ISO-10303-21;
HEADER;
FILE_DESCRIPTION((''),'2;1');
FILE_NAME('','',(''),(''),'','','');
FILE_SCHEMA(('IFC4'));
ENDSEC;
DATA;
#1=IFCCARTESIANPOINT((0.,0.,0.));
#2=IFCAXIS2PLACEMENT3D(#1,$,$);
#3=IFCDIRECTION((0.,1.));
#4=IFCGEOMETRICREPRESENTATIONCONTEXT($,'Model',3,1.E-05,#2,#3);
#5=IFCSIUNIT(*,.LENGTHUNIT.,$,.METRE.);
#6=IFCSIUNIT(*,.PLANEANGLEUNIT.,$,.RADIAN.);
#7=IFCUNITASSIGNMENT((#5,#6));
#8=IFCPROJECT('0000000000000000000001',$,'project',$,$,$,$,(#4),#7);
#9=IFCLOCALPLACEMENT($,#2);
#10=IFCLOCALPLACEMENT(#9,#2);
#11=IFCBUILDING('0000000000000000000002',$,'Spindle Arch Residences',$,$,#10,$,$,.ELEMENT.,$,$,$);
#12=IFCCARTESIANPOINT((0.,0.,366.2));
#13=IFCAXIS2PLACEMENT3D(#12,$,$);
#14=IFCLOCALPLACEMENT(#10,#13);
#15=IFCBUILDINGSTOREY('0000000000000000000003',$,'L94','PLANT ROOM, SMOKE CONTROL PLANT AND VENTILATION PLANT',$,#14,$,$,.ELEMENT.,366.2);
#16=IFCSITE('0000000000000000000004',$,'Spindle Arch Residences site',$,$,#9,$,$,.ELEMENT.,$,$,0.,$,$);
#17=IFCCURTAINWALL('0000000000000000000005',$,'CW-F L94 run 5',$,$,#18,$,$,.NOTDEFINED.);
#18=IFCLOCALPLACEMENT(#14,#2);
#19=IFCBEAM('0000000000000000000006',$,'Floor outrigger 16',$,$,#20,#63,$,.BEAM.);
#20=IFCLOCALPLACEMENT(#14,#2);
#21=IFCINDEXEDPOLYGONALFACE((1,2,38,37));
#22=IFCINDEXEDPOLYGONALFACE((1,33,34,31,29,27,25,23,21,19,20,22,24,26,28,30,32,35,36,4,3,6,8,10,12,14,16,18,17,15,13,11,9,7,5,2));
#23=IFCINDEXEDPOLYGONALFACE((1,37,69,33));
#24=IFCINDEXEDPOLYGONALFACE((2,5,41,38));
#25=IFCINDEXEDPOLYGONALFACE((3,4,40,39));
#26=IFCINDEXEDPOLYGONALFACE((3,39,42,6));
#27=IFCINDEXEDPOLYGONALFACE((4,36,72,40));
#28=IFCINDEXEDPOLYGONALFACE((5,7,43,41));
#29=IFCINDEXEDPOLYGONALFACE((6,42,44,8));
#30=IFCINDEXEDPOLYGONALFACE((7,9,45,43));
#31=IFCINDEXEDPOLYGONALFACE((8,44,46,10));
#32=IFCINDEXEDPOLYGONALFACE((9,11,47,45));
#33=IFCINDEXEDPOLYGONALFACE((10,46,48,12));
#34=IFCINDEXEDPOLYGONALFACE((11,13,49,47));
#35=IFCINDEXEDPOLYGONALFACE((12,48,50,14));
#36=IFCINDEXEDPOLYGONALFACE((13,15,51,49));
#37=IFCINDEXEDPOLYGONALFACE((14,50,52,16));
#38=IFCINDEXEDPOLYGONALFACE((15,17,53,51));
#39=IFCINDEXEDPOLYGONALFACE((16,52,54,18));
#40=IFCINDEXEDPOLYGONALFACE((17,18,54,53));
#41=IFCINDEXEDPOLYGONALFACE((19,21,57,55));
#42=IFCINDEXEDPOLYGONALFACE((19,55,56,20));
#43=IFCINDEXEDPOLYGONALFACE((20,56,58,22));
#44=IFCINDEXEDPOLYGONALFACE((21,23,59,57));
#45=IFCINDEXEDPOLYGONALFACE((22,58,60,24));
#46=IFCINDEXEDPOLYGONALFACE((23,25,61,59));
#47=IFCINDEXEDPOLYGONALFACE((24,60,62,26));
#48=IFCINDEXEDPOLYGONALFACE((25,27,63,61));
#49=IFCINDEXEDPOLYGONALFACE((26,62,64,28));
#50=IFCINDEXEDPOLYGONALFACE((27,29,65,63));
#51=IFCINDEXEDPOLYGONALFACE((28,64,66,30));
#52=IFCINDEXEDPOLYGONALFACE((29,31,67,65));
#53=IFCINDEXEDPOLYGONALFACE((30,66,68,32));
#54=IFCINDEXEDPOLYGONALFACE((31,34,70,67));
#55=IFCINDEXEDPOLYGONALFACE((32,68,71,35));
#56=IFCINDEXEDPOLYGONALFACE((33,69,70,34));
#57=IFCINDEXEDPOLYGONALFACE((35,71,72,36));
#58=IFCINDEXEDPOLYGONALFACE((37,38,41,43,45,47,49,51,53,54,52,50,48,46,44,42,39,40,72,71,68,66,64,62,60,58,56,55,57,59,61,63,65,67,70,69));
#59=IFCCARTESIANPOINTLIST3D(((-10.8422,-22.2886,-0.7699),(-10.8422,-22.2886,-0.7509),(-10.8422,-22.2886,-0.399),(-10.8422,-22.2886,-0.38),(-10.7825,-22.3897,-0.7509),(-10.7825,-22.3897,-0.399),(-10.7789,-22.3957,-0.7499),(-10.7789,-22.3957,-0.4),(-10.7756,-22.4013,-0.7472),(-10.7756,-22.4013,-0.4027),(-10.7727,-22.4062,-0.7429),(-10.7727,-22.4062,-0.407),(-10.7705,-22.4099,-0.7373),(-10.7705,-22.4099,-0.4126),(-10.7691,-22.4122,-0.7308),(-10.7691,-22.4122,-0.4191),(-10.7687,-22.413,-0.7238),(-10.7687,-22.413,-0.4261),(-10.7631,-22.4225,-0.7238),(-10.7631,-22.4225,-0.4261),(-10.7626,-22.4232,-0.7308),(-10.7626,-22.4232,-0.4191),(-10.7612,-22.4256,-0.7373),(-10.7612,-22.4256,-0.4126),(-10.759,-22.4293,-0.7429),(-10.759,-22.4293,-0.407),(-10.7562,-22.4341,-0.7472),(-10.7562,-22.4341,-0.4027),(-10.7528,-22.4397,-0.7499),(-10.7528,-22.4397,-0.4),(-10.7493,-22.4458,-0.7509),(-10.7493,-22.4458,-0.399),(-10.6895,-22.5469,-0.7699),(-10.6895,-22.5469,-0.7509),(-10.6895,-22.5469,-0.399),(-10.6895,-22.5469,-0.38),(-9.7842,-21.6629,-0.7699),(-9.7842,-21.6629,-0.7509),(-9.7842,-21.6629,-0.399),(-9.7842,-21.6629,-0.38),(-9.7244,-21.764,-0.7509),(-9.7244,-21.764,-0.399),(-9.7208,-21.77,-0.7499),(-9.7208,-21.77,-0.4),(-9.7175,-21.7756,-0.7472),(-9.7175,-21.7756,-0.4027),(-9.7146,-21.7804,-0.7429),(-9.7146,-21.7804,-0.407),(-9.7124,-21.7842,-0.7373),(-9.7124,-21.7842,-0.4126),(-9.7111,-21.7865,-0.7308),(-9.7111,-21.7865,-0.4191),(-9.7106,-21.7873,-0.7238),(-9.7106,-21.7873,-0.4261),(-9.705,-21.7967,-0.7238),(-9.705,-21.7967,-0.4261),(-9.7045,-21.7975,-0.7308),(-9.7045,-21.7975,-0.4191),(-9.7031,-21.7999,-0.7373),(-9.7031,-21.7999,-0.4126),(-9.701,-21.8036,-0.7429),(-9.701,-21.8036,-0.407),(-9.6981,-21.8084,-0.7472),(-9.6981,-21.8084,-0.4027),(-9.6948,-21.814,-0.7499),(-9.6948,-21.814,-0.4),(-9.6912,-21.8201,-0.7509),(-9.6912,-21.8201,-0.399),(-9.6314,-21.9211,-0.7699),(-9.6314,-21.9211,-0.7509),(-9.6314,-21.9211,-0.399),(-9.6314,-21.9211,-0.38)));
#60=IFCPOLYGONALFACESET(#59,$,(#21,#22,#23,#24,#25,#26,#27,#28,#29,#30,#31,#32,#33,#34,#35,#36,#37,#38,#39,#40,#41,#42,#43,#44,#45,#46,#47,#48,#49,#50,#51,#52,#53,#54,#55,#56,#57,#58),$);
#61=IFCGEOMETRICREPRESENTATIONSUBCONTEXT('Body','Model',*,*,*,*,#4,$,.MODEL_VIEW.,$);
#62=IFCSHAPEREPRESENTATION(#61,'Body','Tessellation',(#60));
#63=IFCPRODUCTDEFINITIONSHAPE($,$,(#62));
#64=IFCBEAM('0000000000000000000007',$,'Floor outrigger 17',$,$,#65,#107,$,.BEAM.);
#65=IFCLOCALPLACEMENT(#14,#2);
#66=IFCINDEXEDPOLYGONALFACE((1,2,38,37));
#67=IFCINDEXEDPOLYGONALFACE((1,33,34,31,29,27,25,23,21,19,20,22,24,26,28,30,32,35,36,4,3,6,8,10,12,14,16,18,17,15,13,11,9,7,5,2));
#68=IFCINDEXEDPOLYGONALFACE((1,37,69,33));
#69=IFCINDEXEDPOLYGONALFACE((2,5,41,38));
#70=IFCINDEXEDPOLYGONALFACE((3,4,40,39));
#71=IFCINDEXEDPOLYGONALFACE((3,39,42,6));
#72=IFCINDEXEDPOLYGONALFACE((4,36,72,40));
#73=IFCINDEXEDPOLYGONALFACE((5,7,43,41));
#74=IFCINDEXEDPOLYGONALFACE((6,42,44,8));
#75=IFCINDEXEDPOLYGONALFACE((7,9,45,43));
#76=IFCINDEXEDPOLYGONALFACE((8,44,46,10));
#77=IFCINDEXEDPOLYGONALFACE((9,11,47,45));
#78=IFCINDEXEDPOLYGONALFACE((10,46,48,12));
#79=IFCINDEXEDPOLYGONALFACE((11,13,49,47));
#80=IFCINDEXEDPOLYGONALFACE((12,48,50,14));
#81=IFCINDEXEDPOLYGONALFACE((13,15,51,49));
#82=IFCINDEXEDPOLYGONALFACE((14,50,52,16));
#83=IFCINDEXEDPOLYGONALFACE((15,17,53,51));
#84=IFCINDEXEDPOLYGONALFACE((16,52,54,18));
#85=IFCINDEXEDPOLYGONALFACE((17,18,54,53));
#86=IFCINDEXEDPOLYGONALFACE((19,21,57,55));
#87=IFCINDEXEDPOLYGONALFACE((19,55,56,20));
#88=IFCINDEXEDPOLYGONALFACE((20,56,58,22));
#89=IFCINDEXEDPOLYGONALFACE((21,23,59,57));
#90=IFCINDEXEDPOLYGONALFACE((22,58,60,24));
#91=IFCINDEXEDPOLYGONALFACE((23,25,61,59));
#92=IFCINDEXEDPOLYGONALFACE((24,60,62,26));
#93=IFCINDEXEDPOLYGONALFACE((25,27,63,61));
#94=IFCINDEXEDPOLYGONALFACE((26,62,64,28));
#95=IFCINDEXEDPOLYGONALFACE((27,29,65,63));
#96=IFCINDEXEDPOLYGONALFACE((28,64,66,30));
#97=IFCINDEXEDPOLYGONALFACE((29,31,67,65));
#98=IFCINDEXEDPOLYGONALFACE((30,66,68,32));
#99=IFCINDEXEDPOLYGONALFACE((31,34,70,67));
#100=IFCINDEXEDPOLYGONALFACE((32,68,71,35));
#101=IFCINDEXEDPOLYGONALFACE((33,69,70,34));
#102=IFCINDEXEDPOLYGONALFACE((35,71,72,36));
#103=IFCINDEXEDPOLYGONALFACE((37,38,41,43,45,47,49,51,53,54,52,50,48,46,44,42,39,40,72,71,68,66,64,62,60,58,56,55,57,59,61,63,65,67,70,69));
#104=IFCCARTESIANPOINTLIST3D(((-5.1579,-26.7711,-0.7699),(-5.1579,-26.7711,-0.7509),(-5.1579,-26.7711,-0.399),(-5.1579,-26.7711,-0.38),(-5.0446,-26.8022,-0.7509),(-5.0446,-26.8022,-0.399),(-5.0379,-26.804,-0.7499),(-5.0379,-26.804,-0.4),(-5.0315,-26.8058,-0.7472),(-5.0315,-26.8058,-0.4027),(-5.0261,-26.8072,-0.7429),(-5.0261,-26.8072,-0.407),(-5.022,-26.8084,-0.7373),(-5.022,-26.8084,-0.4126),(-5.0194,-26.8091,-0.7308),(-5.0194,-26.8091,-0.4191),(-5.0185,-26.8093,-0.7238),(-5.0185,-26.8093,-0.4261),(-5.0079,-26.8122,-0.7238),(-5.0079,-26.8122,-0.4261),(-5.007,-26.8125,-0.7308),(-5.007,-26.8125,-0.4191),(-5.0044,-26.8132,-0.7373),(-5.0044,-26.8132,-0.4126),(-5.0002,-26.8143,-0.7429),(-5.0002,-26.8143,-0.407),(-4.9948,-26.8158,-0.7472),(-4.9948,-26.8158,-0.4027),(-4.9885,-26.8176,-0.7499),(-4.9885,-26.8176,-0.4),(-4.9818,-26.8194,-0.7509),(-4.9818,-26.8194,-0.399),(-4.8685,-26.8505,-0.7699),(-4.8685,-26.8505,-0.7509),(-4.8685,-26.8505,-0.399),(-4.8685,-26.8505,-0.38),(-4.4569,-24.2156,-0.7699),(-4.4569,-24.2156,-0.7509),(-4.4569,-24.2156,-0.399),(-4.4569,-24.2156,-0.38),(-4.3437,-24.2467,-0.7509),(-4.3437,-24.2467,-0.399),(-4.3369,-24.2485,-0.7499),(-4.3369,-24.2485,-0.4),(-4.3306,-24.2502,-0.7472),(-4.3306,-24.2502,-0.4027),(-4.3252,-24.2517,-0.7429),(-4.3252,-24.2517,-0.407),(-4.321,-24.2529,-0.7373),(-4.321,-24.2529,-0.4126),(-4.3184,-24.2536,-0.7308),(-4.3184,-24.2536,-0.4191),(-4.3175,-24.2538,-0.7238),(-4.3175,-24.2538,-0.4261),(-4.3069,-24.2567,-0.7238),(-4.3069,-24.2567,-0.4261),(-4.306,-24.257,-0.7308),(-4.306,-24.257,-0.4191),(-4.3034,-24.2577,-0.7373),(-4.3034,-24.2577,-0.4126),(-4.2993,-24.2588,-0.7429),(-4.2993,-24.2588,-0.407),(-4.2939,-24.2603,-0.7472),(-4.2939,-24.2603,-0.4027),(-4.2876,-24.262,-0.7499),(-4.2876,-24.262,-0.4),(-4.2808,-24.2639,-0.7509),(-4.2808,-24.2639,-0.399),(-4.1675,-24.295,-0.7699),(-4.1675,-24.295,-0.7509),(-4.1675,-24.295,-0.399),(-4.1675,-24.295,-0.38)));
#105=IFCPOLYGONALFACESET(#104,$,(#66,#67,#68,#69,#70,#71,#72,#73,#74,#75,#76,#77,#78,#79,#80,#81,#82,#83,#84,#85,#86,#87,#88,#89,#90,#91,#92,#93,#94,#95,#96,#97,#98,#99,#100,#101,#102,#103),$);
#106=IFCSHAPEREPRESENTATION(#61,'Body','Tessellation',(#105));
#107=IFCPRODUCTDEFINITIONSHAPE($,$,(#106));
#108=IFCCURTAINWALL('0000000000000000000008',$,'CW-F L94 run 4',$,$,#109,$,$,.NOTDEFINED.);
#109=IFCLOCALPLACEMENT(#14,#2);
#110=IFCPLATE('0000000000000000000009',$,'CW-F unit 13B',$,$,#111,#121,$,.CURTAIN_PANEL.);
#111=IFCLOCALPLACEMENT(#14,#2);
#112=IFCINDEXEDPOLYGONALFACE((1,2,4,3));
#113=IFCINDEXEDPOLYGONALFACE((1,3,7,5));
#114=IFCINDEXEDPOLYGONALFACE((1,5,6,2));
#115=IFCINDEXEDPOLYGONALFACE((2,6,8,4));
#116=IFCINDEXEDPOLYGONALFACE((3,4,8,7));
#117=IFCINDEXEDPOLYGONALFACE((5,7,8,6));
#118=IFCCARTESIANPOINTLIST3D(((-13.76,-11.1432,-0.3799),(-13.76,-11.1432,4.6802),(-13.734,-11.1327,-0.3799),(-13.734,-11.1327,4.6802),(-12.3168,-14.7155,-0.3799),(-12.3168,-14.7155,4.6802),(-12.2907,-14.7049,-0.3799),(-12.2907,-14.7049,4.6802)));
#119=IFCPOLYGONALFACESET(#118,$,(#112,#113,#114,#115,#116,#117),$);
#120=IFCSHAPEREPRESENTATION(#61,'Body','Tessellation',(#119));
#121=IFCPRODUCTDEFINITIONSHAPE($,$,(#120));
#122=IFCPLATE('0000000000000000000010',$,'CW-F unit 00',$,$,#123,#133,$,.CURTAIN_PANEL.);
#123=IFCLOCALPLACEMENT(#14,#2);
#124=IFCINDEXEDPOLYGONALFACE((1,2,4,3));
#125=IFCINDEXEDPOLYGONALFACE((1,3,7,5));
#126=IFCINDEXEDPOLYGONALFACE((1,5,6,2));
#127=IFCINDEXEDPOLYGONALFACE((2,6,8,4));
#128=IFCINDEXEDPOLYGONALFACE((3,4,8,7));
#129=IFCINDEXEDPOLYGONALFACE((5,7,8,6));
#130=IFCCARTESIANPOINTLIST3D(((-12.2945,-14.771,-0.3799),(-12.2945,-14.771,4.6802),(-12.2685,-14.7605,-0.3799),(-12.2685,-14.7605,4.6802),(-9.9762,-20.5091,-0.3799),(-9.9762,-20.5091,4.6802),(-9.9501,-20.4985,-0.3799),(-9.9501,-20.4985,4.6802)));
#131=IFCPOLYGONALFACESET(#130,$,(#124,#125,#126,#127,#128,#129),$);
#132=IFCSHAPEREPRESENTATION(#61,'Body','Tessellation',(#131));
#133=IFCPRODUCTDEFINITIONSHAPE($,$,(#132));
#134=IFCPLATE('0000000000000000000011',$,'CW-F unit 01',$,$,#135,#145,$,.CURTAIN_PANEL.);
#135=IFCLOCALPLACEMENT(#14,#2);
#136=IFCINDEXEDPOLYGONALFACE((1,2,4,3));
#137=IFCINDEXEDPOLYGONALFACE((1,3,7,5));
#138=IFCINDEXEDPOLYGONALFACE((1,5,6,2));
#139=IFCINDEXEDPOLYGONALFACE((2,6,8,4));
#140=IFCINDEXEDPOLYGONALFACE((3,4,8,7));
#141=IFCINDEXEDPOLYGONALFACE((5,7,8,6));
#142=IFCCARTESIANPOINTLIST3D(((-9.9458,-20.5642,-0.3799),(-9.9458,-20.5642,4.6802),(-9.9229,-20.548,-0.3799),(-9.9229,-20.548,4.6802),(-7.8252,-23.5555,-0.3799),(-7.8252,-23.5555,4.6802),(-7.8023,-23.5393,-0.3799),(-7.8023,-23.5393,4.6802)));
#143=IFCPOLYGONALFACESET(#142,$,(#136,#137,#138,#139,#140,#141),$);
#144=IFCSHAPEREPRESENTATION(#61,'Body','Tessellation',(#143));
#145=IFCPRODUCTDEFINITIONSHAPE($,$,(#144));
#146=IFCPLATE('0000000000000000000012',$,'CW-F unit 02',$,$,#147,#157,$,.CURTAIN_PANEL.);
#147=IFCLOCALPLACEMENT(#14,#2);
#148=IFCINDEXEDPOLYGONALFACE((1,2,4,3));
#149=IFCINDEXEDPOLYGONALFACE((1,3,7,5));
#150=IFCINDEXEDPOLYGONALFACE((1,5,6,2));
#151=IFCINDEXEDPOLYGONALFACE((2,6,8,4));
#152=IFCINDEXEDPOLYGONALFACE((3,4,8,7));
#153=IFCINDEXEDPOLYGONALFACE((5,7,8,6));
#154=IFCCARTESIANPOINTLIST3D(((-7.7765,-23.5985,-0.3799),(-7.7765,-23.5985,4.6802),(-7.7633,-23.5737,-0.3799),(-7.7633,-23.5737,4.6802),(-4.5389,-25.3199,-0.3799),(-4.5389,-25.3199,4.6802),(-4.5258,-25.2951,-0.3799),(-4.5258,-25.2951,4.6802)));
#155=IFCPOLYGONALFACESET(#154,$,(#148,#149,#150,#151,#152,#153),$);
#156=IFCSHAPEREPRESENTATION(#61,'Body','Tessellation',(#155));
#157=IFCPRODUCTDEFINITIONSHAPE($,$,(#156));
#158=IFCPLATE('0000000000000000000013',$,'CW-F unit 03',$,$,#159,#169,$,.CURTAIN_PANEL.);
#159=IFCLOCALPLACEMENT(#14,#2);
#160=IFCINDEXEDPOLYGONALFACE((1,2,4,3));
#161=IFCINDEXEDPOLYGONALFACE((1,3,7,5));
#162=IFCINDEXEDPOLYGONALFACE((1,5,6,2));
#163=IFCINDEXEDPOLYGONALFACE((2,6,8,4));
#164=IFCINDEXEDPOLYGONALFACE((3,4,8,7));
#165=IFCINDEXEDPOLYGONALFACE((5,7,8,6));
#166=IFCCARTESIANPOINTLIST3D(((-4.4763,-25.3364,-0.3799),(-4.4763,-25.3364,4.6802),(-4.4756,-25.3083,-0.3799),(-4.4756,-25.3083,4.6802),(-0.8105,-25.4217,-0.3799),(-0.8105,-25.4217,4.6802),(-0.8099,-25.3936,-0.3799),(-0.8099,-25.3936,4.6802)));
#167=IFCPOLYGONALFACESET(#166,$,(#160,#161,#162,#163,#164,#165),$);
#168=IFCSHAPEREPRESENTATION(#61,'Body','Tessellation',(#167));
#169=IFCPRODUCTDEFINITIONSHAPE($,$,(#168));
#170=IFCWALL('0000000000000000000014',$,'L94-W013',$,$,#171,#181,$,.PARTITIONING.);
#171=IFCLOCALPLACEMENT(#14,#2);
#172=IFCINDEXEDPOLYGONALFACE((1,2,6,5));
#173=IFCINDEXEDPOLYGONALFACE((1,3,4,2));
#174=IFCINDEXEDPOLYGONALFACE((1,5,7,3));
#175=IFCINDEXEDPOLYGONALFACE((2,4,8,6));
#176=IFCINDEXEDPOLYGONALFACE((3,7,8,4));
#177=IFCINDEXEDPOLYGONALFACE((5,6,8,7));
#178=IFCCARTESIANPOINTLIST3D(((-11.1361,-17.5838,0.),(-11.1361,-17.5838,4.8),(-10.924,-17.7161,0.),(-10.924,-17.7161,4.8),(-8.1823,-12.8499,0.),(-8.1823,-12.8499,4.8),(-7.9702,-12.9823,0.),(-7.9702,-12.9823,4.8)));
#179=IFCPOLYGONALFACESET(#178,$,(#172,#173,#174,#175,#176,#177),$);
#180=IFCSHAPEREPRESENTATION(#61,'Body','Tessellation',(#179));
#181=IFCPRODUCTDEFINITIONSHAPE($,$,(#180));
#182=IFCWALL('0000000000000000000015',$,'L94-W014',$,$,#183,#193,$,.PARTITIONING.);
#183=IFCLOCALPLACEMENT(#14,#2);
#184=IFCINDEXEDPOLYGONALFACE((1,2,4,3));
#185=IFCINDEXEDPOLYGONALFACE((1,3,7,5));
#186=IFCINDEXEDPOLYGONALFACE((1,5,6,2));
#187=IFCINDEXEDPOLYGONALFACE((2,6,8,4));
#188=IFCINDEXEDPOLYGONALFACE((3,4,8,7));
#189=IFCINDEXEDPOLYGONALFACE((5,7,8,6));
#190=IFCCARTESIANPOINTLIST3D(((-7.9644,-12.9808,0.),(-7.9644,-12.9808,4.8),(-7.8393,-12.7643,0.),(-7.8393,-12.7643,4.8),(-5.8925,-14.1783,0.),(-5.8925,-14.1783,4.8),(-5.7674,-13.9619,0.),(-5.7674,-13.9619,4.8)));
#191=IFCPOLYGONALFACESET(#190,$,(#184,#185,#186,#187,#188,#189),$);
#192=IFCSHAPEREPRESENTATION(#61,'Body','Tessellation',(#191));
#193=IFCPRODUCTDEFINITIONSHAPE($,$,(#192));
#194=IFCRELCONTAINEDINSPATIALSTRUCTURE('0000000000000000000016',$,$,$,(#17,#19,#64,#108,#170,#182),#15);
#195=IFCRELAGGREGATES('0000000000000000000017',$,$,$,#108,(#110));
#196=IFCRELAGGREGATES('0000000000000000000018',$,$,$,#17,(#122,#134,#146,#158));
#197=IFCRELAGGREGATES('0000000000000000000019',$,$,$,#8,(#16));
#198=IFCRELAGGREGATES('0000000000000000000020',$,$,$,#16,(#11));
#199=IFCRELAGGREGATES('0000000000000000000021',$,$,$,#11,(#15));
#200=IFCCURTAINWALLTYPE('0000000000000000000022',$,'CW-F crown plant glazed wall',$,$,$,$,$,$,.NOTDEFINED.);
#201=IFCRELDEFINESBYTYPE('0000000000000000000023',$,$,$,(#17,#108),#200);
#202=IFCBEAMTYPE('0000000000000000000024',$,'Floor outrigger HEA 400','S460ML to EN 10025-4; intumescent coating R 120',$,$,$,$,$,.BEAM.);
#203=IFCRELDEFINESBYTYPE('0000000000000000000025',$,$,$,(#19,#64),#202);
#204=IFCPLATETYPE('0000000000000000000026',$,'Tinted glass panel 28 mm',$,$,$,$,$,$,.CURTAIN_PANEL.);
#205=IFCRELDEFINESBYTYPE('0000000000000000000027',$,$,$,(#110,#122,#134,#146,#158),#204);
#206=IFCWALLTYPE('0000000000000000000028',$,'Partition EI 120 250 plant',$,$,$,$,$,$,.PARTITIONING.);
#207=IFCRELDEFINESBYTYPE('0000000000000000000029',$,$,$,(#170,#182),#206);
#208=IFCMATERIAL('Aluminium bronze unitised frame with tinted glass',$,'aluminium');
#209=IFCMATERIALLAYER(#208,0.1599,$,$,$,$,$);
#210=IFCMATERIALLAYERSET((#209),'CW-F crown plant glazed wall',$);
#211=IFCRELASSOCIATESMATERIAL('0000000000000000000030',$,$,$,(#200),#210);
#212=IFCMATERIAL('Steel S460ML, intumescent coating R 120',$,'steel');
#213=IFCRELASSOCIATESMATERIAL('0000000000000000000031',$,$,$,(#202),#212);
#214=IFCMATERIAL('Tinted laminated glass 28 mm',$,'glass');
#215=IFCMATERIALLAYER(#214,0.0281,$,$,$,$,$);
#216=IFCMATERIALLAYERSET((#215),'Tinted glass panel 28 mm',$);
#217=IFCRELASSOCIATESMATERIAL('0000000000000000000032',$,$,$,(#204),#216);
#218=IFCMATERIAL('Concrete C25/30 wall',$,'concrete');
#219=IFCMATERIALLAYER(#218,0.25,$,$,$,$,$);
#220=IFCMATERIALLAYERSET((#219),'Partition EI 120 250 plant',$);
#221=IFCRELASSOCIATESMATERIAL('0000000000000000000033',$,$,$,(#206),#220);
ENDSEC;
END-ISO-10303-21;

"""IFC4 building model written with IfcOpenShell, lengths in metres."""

from ifc_helpers import new_model, si_unit, direction, frame, frame_2d, origin, origin_2d, place, context, subcontext, project, spatial, rectangle, i_section, extrude, material, layer, layer_set, material_profile, profile_set, type_object, element, aggregate, save


model = new_model("IFC4")

# Units and contexts
model_context = context("Model", 3, precision=1e-05, world=origin(), true_north=direction((0.0, 1.0)))
body_context = subcontext(model_context, "Body", "Model", "MODEL_VIEW")
ifc_project = project(units=[si_unit("LENGTHUNIT", "METRE"), si_unit("PLANEANGLEUNIT", "RADIAN")], contexts=[model_context])

# Site, building, storey
site_placement = place(None, origin())
site = spatial("IfcSite", under=ifc_project, at=site_placement, Name="Spindle Arch Residences site", CompositionType="ELEMENT", RefElevation=0.0)
building_placement = place(site_placement, origin())
building = spatial("IfcBuilding", under=site, at=building_placement, Name="Spindle Arch Residences", CompositionType="ELEMENT")
storey_placement = place(building_placement, frame((0.0, 0.0, 366.2)))
storey = spatial("IfcBuildingStorey", under=building, at=storey_placement, Name="L94", Description="PLANT ROOM, SMOKE CONTROL PLANT AND VENTILATION PLANT", CompositionType="ELEMENT", Elevation=366.2)

# Curtain wall
ifc_material_1 = material(Name="Aluminium bronze unitised frame with tinted glass", Category="aluminium")
ifc_layer_1 = layer(ifc_material_1, 0.1599)
ifc_layer_set_1 = layer_set([ifc_layer_1], Name="CW-F crown plant glazed wall")
curtain_wall_type = type_object("IfcCurtainWallType", Name="CW-F crown plant glazed wall", PredefinedType="NOTDEFINED", material=ifc_layer_set_1)
curtain_wall_1_placement = place(storey_placement, origin())
curtain_wall_1 = element("IfcCurtainWall", 1, at=curtain_wall_1_placement, inside=storey, type_object=curtain_wall_type, Name="CW-F L94 run 5", PredefinedType="NOTDEFINED")

# Beams
ifc_material_2 = material(Name="Steel S460ML, intumescent coating R 120", Category="steel")
ifc_material_profile_1 = material_profile(ifc_material_2, i_section(OverallWidth=0.3, OverallDepth=0.3899, WebThickness=0.011, FlangeThickness=0.019, FilletRadius=0.0271, at=origin_2d()), Name="HEA 400")
ifc_profile_set_1 = profile_set([ifc_material_profile_1], Name="Steel S460ML, intumescent coating R 120")
beam_type_1 = type_object("IfcBeamType", Name="Floor outrigger HEA 400", Description="S460ML to EN 10025-4; intumescent coating R 120", PredefinedType="BEAM", material=ifc_profile_set_1)
beam_1_placement = place(storey_placement, frame((-10.7659, -22.4177, -0.575), z_axis=(0.860753, 0.509024, 0.0), x_axis=(-0.509024, 0.860753, 0.0)))
element("IfcBeam", 2, at=beam_1_placement, inside=storey, type_object=beam_type_1, Name="Floor outrigger 16", PredefinedType="BEAM", context=body_context, shape_type="SweptSolid", body=[
    extrude(i_section(OverallWidth=0.3, OverallDepth=0.3899, WebThickness=0.011, FlangeThickness=0.019, FilletRadius=0.0271, at=origin_2d()), origin(), (0.0, 0.0, 1.0), 1.2292),
])
beam_2_placement = place(storey_placement, frame((-5.0132, -26.8108, -0.575), z_axis=(0.26452, 0.96438, 0.0), x_axis=(-0.96438, 0.26452, 0.0)))
element("IfcBeam", 3, at=beam_2_placement, inside=storey, type_object=beam_type_1, Name="Floor outrigger 17", PredefinedType="BEAM", context=body_context, shape_type="SweptSolid", body=[
    extrude(i_section(OverallWidth=0.3, OverallDepth=0.3899, WebThickness=0.011, FlangeThickness=0.019, FilletRadius=0.0271, at=origin_2d()), origin(), (0.0, 0.0, 1.0), 2.6499),
])

# Curtain wall, plate
curtain_wall_2_placement = place(storey_placement, origin())
curtain_wall_2 = element("IfcCurtainWall", 4, at=curtain_wall_2_placement, inside=storey, type_object=curtain_wall_type, Name="CW-F L94 run 4", PredefinedType="NOTDEFINED")
ifc_material_3 = material(Name="Tinted laminated glass 28 mm", Category="glass")
ifc_layer_2 = layer(ifc_material_3, 0.0281)
ifc_layer_set_2 = layer_set([ifc_layer_2], Name="Tinted glass panel 28 mm")
plate_type = type_object("IfcPlateType", Name="Tinted glass panel 28 mm", PredefinedType="CURTAIN_PANEL", material=ifc_layer_set_2)
plate_1_placement = place(storey_placement, frame((-13.0254, -12.9241, -0.3799), z_axis=(0.0, 0.0, 1.0), x_axis=(0.374607, -0.927184, 0.0)))
plate_1 = element("IfcPlate", 5, at=plate_1_placement, type_object=plate_type, Name="CW-F unit 13B", PredefinedType="CURTAIN_PANEL", context=body_context, shape_type="SweptSolid", body=[
    extrude(rectangle(XDim=3.8528, YDim=0.0281, at=origin_2d()), origin(), (0.0, 0.0, 1.0), 5.0601),
])
aggregate(curtain_wall_2, [plate_1])

# Plates
plate_2_placement = place(storey_placement, frame((-11.1223, -17.6348, -0.3799), z_axis=(0.0, 0.0, 1.0), x_axis=(0.374607, -0.927184, 0.0)))
plate_2 = element("IfcPlate", 6, at=plate_2_placement, type_object=plate_type, Name="CW-F unit 00", PredefinedType="CURTAIN_PANEL", context=body_context, shape_type="SweptSolid", body=[
    extrude(rectangle(XDim=6.1887, YDim=0.0281, at=origin_2d()), origin(), (0.0, 0.0, 1.0), 5.0601),
])
plate_3_placement = place(storey_placement, frame((-8.874, -22.0518, -0.3799), z_axis=(0.0, 0.0, 1.0), x_axis=(0.578332, -0.815801, 0.0)))
plate_3 = element("IfcPlate", 7, at=plate_3_placement, type_object=plate_type, Name="CW-F unit 01", PredefinedType="CURTAIN_PANEL", context=body_context, shape_type="SweptSolid", body=[
    extrude(rectangle(XDim=3.6667, YDim=0.0281, at=origin_2d()), origin(), (0.0, 0.0, 1.0), 5.0601),
])
plate_4_placement = place(storey_placement, frame((-6.1511, -24.4468, -0.3799), z_axis=(0.0, 0.0, 1.0), x_axis=(0.882948, -0.469472, 0.0)))
plate_4 = element("IfcPlate", 8, at=plate_4_placement, type_object=plate_type, Name="CW-F unit 02", PredefinedType="CURTAIN_PANEL", context=body_context, shape_type="SweptSolid", body=[
    extrude(rectangle(XDim=3.6667, YDim=0.0281, at=origin_2d()), origin(), (0.0, 0.0, 1.0), 5.0601),
])
plate_5_placement = place(storey_placement, frame((-2.6431, -25.365, -0.3799), z_axis=(0.0, 0.0, 1.0), x_axis=(0.999729, -0.023269, 0.0)))
plate_5 = element("IfcPlate", 9, at=plate_5_placement, type_object=plate_type, Name="CW-F unit 03", PredefinedType="CURTAIN_PANEL", context=body_context, shape_type="SweptSolid", body=[
    extrude(rectangle(XDim=3.6667, YDim=0.0281, at=origin_2d()), origin(), (0.0, 0.0, 1.0), 5.0601),
])
aggregate(curtain_wall_1, [plate_2, plate_3, plate_4, plate_5])

# Walls
ifc_material_4 = material(Name="Concrete C25/30 wall", Category="concrete")
ifc_layer_3 = layer(ifc_material_4, 0.25)
ifc_layer_set_3 = layer_set([ifc_layer_3], Name="Partition EI 120 250 plant")
wall_type = type_object("IfcWallType", Name="Partition EI 120 250 plant", PredefinedType="PARTITIONING", material=ifc_layer_set_3)
wall_1_placement = place(storey_placement, frame((-8.0762, -12.916, 0.0), z_axis=(0.0, 0.0, 1.0), x_axis=(-0.529377, -0.848386, 0.0)))
element("IfcWall", 10, at=wall_1_placement, inside=storey, type_object=wall_type, Name="L94-W013", PredefinedType="PARTITIONING", context=body_context, shape_type="SweptSolid", body=[
    extrude(rectangle(XDim=5.5798, YDim=0.25, at=frame_2d((2.79, 0.0))), origin(), (0.0, 0.0, 1.0), 4.8),
])
wall_2_placement = place(storey_placement, frame((-7.9019, -12.8726, 0.0), z_axis=(0.0, 0.0, 1.0), x_axis=(0.865778, -0.500429, 0.0)))
element("IfcWall", 11, at=wall_2_placement, inside=storey, type_object=wall_type, Name="L94-W014", PredefinedType="PARTITIONING", context=body_context, shape_type="SweptSolid", body=[
    extrude(rectangle(XDim=2.3931, YDim=0.25, at=frame_2d((1.1965, 0.0))), origin(), (0.0, 0.0, 1.0), 4.8),
])

save(model, "model.ifc")
